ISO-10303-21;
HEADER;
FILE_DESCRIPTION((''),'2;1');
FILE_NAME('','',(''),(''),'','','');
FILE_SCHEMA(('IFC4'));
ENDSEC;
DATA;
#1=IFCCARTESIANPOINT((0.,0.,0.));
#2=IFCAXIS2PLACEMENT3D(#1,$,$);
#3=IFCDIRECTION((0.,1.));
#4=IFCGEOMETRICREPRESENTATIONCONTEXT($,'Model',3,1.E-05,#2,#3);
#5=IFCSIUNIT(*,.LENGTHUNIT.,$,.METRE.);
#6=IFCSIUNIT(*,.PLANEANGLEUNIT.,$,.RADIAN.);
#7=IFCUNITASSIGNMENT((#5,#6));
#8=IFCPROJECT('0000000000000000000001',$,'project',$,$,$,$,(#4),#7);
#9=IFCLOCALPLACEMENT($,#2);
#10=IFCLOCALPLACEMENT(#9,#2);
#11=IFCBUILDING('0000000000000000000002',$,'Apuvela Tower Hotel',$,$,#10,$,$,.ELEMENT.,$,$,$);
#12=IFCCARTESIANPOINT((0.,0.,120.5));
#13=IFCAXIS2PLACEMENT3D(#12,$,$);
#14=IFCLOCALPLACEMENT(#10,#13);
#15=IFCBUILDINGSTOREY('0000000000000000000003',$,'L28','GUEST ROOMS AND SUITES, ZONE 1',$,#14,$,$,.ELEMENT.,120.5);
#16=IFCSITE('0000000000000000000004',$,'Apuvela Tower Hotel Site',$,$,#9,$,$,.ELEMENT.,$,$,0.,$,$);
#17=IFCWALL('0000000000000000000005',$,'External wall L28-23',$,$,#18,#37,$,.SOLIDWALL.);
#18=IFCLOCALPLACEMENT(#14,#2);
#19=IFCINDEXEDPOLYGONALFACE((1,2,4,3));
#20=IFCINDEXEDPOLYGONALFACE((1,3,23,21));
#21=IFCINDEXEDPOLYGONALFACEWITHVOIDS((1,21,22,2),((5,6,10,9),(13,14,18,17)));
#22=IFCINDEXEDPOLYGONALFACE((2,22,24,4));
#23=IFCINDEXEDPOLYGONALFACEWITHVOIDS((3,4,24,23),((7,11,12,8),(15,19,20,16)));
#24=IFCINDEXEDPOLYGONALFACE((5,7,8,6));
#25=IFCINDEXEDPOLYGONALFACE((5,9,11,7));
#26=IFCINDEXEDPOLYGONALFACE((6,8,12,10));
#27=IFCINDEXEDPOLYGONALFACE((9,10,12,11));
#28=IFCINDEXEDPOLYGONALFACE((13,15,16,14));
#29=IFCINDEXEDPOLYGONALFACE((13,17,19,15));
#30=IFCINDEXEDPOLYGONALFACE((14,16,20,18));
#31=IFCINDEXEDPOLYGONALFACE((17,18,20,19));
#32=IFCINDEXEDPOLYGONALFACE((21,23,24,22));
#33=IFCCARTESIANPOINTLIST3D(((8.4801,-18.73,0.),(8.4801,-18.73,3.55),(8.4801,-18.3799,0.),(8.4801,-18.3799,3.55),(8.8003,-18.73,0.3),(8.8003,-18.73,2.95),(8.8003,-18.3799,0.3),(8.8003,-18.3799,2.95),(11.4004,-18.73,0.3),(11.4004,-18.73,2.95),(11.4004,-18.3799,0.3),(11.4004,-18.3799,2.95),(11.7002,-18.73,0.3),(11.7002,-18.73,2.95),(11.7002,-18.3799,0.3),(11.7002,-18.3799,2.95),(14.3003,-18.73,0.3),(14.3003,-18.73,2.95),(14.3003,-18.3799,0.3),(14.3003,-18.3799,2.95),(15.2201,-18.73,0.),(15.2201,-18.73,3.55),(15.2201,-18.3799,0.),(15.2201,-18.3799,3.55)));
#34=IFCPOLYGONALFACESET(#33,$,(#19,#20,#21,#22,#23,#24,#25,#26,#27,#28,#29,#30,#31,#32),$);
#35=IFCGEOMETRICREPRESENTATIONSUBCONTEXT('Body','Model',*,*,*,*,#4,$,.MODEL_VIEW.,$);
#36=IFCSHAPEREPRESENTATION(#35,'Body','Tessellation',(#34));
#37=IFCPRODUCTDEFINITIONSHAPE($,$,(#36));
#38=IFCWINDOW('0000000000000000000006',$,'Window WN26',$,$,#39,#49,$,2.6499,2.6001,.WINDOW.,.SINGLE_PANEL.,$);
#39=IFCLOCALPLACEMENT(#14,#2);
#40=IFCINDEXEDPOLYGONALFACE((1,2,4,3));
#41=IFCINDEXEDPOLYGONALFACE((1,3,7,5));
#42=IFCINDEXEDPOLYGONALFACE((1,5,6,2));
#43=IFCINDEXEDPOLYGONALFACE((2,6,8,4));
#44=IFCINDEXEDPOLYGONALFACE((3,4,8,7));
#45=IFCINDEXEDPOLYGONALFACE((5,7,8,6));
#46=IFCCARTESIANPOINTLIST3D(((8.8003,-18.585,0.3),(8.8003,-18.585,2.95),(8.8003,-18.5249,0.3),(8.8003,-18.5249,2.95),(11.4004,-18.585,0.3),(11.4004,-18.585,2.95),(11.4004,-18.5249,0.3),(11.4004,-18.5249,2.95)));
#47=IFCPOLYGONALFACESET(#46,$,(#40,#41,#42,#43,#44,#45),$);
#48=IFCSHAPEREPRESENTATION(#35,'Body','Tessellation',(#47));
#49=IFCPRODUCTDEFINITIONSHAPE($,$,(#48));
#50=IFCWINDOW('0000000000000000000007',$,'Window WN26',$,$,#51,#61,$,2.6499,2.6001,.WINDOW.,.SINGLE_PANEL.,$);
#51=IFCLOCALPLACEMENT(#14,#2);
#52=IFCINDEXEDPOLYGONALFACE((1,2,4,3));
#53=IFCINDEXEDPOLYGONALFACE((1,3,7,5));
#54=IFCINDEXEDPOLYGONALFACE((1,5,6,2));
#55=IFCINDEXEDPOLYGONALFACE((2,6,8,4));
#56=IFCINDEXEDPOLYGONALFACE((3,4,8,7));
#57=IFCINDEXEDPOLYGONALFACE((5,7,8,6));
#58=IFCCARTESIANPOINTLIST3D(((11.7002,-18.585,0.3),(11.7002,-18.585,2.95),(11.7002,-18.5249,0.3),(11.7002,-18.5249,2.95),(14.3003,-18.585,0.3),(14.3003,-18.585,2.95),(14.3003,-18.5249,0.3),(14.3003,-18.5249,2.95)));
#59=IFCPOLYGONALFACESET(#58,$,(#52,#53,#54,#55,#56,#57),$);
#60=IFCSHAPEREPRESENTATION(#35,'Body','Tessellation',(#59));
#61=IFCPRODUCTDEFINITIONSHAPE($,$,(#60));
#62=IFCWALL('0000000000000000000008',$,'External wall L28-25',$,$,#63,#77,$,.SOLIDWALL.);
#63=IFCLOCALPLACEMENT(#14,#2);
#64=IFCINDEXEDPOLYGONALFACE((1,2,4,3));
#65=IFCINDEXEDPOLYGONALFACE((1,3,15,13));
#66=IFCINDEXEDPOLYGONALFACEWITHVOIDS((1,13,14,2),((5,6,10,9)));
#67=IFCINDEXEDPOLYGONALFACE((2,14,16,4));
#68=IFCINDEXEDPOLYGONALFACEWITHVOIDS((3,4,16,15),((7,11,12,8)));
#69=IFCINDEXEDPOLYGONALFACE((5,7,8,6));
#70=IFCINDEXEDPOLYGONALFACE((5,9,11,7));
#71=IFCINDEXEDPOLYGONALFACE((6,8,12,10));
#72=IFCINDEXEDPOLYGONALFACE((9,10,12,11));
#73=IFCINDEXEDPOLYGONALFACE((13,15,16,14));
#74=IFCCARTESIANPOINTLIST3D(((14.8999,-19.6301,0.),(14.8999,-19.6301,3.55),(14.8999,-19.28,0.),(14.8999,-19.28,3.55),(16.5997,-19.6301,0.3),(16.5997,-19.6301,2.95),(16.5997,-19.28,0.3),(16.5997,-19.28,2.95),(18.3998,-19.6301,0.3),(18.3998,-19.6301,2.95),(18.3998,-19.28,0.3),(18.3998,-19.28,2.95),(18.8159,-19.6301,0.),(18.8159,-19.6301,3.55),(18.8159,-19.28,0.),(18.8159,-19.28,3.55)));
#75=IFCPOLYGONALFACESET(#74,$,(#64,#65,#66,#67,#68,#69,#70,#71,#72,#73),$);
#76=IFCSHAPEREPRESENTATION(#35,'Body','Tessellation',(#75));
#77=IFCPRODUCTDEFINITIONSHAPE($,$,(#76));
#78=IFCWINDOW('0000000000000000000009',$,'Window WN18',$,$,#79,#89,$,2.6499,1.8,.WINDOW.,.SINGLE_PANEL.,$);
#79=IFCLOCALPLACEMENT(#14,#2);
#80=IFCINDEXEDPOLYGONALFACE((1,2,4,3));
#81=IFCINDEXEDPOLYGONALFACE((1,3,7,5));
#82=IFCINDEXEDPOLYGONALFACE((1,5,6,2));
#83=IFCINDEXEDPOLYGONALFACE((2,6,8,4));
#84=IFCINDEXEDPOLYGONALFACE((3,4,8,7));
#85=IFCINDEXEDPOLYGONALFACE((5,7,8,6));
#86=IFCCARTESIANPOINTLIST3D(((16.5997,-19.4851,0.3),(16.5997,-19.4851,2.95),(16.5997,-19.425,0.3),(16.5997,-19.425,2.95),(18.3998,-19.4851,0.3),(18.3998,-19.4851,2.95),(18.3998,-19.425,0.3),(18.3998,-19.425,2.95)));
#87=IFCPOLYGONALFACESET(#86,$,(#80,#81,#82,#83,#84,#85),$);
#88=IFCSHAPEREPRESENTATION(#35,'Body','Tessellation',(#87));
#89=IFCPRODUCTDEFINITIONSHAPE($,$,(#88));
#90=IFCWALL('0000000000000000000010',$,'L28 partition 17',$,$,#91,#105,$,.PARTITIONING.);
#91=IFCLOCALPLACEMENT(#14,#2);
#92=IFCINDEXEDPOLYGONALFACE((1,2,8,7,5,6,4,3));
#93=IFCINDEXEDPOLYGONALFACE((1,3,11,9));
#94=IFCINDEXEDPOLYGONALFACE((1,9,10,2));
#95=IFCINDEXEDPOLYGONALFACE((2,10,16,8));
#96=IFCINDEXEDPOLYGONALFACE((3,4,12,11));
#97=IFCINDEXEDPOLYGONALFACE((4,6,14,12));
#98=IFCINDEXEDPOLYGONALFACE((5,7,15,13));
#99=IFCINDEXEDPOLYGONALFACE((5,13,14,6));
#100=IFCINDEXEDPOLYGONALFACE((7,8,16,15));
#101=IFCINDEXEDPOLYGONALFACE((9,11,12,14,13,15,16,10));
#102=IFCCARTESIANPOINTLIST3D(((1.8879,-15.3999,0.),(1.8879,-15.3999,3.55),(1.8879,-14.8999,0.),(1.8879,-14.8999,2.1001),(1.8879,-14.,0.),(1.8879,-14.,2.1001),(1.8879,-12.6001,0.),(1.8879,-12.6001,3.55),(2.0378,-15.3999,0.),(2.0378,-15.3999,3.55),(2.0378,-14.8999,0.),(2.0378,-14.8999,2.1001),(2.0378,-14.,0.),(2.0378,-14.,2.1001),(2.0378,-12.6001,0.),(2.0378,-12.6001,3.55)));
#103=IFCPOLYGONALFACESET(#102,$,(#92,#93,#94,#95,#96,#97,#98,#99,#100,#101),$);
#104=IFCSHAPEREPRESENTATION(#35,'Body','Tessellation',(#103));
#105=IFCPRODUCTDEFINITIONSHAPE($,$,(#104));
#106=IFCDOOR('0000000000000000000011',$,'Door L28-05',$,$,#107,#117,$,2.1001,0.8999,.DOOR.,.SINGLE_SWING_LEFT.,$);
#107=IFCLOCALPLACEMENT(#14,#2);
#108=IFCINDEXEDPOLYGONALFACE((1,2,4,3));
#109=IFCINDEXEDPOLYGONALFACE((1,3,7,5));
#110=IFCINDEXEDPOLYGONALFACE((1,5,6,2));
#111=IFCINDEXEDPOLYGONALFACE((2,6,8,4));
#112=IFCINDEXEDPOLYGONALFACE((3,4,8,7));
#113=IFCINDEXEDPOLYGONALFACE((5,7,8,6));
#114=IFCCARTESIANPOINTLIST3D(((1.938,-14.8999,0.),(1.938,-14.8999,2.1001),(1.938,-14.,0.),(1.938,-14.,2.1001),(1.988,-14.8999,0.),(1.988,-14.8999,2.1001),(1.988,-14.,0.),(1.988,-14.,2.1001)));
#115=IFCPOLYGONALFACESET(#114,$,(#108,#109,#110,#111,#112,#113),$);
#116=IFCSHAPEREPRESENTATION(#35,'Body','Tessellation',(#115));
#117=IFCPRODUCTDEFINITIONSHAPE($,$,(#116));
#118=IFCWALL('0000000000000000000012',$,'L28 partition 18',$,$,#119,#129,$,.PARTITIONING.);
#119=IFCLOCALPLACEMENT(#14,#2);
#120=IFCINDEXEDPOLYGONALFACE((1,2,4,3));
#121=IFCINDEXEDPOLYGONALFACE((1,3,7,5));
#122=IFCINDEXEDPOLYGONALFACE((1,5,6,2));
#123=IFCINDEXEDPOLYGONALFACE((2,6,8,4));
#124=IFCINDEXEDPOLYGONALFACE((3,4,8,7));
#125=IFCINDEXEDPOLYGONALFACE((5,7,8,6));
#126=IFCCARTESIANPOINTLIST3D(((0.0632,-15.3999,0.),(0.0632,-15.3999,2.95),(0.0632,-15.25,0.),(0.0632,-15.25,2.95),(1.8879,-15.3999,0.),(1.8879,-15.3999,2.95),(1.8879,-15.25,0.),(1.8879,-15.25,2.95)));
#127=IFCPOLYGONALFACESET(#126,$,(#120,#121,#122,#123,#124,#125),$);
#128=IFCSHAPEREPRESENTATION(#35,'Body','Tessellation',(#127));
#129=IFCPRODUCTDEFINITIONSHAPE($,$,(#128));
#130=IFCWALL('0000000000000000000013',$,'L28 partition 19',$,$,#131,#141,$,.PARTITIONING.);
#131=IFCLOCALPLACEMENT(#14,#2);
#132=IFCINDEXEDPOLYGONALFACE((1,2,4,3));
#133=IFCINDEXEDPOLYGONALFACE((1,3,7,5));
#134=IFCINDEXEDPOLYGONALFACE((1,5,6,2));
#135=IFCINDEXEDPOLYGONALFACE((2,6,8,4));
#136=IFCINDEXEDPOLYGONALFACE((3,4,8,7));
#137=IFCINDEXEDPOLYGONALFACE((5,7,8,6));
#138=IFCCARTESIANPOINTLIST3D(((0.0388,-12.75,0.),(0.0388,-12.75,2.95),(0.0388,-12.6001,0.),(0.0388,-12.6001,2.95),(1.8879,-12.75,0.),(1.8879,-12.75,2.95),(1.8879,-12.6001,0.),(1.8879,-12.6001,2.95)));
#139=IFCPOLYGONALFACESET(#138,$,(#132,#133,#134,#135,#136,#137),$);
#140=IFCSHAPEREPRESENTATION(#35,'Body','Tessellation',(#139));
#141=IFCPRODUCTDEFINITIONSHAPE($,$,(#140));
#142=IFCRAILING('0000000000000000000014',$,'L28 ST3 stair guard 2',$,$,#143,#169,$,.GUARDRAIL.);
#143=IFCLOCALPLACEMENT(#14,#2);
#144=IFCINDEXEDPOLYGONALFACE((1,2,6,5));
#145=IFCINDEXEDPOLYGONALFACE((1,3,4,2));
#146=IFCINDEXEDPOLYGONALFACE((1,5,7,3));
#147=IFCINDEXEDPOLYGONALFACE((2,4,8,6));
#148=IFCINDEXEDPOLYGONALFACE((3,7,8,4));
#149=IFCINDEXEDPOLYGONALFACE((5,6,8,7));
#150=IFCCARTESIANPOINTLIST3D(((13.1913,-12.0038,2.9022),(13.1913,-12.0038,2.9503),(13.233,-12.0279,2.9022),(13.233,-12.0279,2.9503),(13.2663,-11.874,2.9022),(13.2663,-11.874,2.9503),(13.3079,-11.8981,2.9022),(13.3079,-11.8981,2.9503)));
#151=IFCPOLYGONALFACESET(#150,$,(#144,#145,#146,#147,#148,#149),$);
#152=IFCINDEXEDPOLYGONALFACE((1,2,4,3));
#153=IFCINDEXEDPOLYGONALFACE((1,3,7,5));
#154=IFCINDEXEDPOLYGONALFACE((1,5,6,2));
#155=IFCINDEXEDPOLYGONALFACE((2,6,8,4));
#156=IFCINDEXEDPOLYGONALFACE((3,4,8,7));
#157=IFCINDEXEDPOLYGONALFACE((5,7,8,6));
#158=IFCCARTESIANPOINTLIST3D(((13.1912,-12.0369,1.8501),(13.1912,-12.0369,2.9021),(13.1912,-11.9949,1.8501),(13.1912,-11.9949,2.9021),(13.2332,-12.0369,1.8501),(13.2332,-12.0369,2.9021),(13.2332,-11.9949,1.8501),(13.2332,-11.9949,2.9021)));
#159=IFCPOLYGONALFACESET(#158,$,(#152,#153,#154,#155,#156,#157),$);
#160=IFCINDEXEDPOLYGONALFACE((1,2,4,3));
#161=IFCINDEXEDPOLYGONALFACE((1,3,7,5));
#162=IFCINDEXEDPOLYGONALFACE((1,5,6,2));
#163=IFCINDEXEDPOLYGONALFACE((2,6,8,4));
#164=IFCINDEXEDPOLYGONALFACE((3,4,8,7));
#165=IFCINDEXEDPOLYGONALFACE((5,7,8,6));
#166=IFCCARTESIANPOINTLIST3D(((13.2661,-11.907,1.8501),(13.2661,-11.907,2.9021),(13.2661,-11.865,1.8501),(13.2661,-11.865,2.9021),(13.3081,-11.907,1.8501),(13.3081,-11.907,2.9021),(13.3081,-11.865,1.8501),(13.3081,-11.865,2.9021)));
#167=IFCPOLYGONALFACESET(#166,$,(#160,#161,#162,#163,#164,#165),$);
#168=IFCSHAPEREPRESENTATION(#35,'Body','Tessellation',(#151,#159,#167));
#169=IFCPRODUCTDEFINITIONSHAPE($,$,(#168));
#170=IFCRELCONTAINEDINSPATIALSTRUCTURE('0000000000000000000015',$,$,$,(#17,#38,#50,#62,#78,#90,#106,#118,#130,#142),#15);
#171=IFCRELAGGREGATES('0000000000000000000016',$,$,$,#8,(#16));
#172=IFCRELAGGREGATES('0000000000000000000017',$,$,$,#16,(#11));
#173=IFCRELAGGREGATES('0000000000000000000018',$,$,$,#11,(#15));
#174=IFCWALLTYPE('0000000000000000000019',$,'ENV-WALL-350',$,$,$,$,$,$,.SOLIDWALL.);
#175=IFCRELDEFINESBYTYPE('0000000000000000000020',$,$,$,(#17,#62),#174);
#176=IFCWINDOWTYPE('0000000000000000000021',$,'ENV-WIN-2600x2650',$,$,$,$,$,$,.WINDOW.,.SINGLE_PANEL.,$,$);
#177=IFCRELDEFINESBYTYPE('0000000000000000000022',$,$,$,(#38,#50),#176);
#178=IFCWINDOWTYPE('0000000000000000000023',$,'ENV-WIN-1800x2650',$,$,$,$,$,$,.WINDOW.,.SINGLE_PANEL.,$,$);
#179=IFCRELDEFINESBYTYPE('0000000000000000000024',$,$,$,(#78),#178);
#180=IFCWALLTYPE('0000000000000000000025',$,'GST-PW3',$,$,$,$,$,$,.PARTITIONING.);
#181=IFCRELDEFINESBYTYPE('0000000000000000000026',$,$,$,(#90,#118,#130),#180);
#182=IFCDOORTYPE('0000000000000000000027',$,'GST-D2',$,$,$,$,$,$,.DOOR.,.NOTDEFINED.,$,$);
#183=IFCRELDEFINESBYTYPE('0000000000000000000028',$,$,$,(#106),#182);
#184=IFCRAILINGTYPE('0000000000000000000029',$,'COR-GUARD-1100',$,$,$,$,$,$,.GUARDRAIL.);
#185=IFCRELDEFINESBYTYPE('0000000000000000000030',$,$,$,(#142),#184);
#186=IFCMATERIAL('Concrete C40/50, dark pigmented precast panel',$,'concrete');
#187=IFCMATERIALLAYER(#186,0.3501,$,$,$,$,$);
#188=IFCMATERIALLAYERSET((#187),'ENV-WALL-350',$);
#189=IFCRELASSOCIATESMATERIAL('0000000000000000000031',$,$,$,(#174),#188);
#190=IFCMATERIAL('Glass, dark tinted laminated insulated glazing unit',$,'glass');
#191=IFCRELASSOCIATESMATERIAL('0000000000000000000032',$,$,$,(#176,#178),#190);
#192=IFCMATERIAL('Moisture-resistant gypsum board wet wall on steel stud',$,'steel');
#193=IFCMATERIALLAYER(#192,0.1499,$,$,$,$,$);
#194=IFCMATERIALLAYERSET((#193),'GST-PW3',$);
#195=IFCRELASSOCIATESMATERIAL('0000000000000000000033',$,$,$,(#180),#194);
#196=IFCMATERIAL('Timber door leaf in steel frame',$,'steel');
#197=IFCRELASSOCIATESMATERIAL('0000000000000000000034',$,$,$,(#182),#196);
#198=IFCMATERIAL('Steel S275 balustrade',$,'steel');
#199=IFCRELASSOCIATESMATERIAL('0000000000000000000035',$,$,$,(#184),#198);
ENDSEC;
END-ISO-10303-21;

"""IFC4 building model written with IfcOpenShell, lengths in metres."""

from ifc_helpers import new_model, si_unit, direction, frame, frame_2d, origin, origin_2d, place, context, subcontext, project, spatial, rectangle, extrude, material, layer, layer_set, type_object, element, fill, save


model = new_model("IFC4")

# Units and contexts
model_context = context("Model", 3, precision=1e-05, world=origin(), true_north=direction((0.0, 1.0)))
body_context = subcontext(model_context, "Body", "Model", "MODEL_VIEW")
ifc_project = project(units=[si_unit("LENGTHUNIT", "METRE"), si_unit("PLANEANGLEUNIT", "RADIAN")], contexts=[model_context])

# Site, building, storey
site_placement = place(None, origin())
site = spatial("IfcSite", under=ifc_project, at=site_placement, Name="Apuvela Tower Hotel Site", CompositionType="ELEMENT", RefElevation=0.0)
building_placement = place(site_placement, origin())
building = spatial("IfcBuilding", under=site, at=building_placement, Name="Apuvela Tower Hotel", CompositionType="ELEMENT")
storey_placement = place(building_placement, frame((0.0, 0.0, 120.5)))
storey = spatial("IfcBuildingStorey", under=building, at=storey_placement, Name="L28", Description="GUEST ROOMS AND SUITES, ZONE 1", CompositionType="ELEMENT", Elevation=120.5)

# Shared definitions
ifc_material_1 = material(Name="Concrete C40/50, dark pigmented precast panel", Category="concrete")
ifc_layer_1 = layer(ifc_material_1, 0.3501)
ifc_layer_set_1 = layer_set([ifc_layer_1], Name="ENV-WALL-350")
wall_type_1 = type_object("IfcWallType", Name="ENV-WALL-350", PredefinedType="SOLIDWALL", material=ifc_layer_set_1)

# Wall, openings, windows
wall_1_placement = place(storey_placement, frame((8.48, -18.5549, 0.0), z_axis=(0.0, 0.0, 1.0), x_axis=(1.0, 0.0, 0.0)))
wall_1 = element("IfcWall", 1, at=wall_1_placement, inside=storey, type_object=wall_type_1, Name="External wall L28-23", PredefinedType="SOLIDWALL", context=body_context, shape_type="SweptSolid", body=[
    extrude(rectangle(XDim=6.74, YDim=0.3501, at=frame_2d((3.3701, 0.0))), origin(), (0.0, 0.0, 1.0), 3.55),
])
opening_1_placement = place(wall_1_placement, frame((0.3203, 0.0, 0.3)))
opening_1 = element("IfcOpeningElement", 2, at=opening_1_placement, cuts=wall_1, PredefinedType="OPENING", context=body_context, shape_type="SweptSolid", body=[
    extrude(rectangle(XDim=2.6001, YDim=2.6499, at=frame_2d((1.3, 1.325))), frame((0.0, 0.1851, 0.0), z_axis=(0.0, -1.0, 0.0), x_axis=(1.0, 0.0, 0.0)), (0.0, 0.0, 1.0), 0.3701),
])
opening_2_placement = place(wall_1_placement, frame((3.2202, 0.0, 0.3)))
opening_2 = element("IfcOpeningElement", 3, at=opening_2_placement, cuts=wall_1, PredefinedType="OPENING", context=body_context, shape_type="SweptSolid", body=[
    extrude(rectangle(XDim=2.6001, YDim=2.6499, at=frame_2d((1.3, 1.325))), frame((0.0, 0.1851, 0.0), z_axis=(0.0, -1.0, 0.0), x_axis=(1.0, 0.0, 0.0)), (0.0, 0.0, 1.0), 0.3701),
])
ifc_material_2 = material(Name="Glass, dark tinted laminated insulated glazing unit", Category="glass")
window_type_1 = type_object("IfcWindowType", Name="ENV-WIN-2600x2650", PartitioningType="SINGLE_PANEL", PredefinedType="WINDOW", material=ifc_material_2)
window_1_placement = place(opening_1_placement, origin())
window_1 = element("IfcWindow", 4, at=window_1_placement, inside=storey, type_object=window_type_1, Name="Window WN26", OverallHeight=2.6499, OverallWidth=2.6001, PartitioningType="SINGLE_PANEL", PredefinedType="WINDOW", context=body_context, shape_type="SweptSolid", body=[
    extrude(rectangle(XDim=2.6001, YDim=2.6499, at=frame_2d((1.3, 1.325))), frame((0.0, 0.03, 0.0), z_axis=(0.0, -1.0, 0.0), x_axis=(1.0, 0.0, 0.0)), (0.0, 0.0, 1.0), 0.0601),
])
fill(opening_1, window_1)
window_2_placement = place(opening_2_placement, origin())
window_2 = element("IfcWindow", 5, at=window_2_placement, inside=storey, type_object=window_type_1, Name="Window WN26", OverallHeight=2.6499, OverallWidth=2.6001, PartitioningType="SINGLE_PANEL", PredefinedType="WINDOW", context=body_context, shape_type="SweptSolid", body=[
    extrude(rectangle(XDim=2.6001, YDim=2.6499, at=frame_2d((1.3, 1.325))), frame((0.0, 0.03, 0.0), z_axis=(0.0, -1.0, 0.0), x_axis=(1.0, 0.0, 0.0)), (0.0, 0.0, 1.0), 0.0601),
])
fill(opening_2, window_2)

# Wall, opening, window
wall_2_placement = place(storey_placement, frame((14.8999, -19.4551, 0.0), z_axis=(0.0, 0.0, 1.0), x_axis=(1.0, 0.0, 0.0)))
wall_2 = element("IfcWall", 6, at=wall_2_placement, inside=storey, type_object=wall_type_1, Name="External wall L28-25", PredefinedType="SOLIDWALL", context=body_context, shape_type="SweptSolid", body=[
    extrude(rectangle(XDim=3.916, YDim=0.3501, at=frame_2d((1.958, 0.0))), origin(), (0.0, 0.0, 1.0), 3.55),
])
opening_3_placement = place(wall_2_placement, frame((1.7, 0.0, 0.3)))
opening_3 = element("IfcOpeningElement", 7, at=opening_3_placement, cuts=wall_2, PredefinedType="OPENING", context=body_context, shape_type="SweptSolid", body=[
    extrude(rectangle(XDim=1.8, YDim=2.6499, at=frame_2d((0.8999, 1.325))), frame((0.0, 0.1851, 0.0), z_axis=(0.0, -1.0, 0.0), x_axis=(1.0, 0.0, 0.0)), (0.0, 0.0, 1.0), 0.3701),
])
window_type_2 = type_object("IfcWindowType", Name="ENV-WIN-1800x2650", PartitioningType="SINGLE_PANEL", PredefinedType="WINDOW", material=ifc_material_2)
window_3_placement = place(opening_3_placement, origin())
window_3 = element("IfcWindow", 8, at=window_3_placement, inside=storey, type_object=window_type_2, Name="Window WN18", OverallHeight=2.6499, OverallWidth=1.8, PartitioningType="SINGLE_PANEL", PredefinedType="WINDOW", context=body_context, shape_type="SweptSolid", body=[
    extrude(rectangle(XDim=1.8, YDim=2.6499, at=frame_2d((0.8999, 1.325))), frame((0.0, 0.03, 0.0), z_axis=(0.0, -1.0, 0.0), x_axis=(1.0, 0.0, 0.0)), (0.0, 0.0, 1.0), 0.0601),
])
fill(opening_3, window_3)

# Wall, opening, door
ifc_material_3 = material(Name="Moisture-resistant gypsum board wet wall on steel stud", Category="steel")
ifc_layer_2 = layer(ifc_material_3, 0.1499)
ifc_layer_set_2 = layer_set([ifc_layer_2], Name="GST-PW3")
wall_type_2 = type_object("IfcWallType", Name="GST-PW3", PredefinedType="PARTITIONING", material=ifc_layer_set_2)
wall_3_placement = place(storey_placement, frame((1.9629, -15.3999, 0.0), z_axis=(0.0, 0.0, 1.0), x_axis=(0.0, 1.0, 0.0)))
wall_3 = element("IfcWall", 9, at=wall_3_placement, inside=storey, type_object=wall_type_2, Name="L28 partition 17", PredefinedType="PARTITIONING", context=body_context, shape_type="SweptSolid", body=[
    extrude(rectangle(XDim=2.7998, YDim=0.1499, at=frame_2d((1.3999, 0.0))), origin(), (0.0, 0.0, 1.0), 3.55),
])
opening_4_placement = place(wall_3_placement, frame((0.5, 0.0, 0.0)))
opening_4 = element("IfcOpeningElement", 10, at=opening_4_placement, cuts=wall_3, PredefinedType="OPENING", context=body_context, shape_type="SweptSolid", body=[
    extrude(rectangle(XDim=0.8999, YDim=2.1001, at=frame_2d((0.45, 1.05))), frame((0.0, 0.085, 0.0), z_axis=(0.0, -1.0, 0.0), x_axis=(1.0, 0.0, 0.0)), (0.0, 0.0, 1.0), 0.1699),
])
ifc_material_4 = material(Name="Timber door leaf in steel frame", Category="steel")
door_type = type_object("IfcDoorType", Name="GST-D2", OperationType="NOTDEFINED", PredefinedType="DOOR", material=ifc_material_4)
door_placement = place(opening_4_placement, origin())
door = element("IfcDoor", 11, at=door_placement, inside=storey, type_object=door_type, Name="Door L28-05", OperationType="SINGLE_SWING_LEFT", OverallHeight=2.1001, OverallWidth=0.8999, PredefinedType="DOOR", context=body_context, shape_type="SweptSolid", body=[
    extrude(rectangle(XDim=0.8999, YDim=2.1001, at=frame_2d((0.45, 1.05))), frame((0.0, 0.0249, 0.0), z_axis=(0.0, -1.0, 0.0), x_axis=(1.0, 0.0, 0.0)), (0.0, 0.0, 1.0), 0.05),
])
fill(opening_4, door)

# Walls
wall_4_placement = place(storey_placement, frame((0.0632, -15.325, 0.0), z_axis=(0.0, 0.0, 1.0), x_axis=(1.0, 0.0, 0.0)))
element("IfcWall", 12, at=wall_4_placement, inside=storey, type_object=wall_type_2, Name="L28 partition 18", PredefinedType="PARTITIONING", context=body_context, shape_type="SweptSolid", body=[
    extrude(rectangle(XDim=1.8247, YDim=0.1499, at=frame_2d((0.9124, 0.0))), origin(), (0.0, 0.0, 1.0), 2.95),
])
wall_5_placement = place(storey_placement, frame((0.0388, -12.675, 0.0), z_axis=(0.0, 0.0, 1.0), x_axis=(1.0, 0.0, 0.0)))
element("IfcWall", 13, at=wall_5_placement, inside=storey, type_object=wall_type_2, Name="L28 partition 19", PredefinedType="PARTITIONING", context=body_context, shape_type="SweptSolid", body=[
    extrude(rectangle(XDim=1.8491, YDim=0.1499, at=frame_2d((0.9246, 0.0))), origin(), (0.0, 0.0, 1.0), 2.95),
])

# Railing
ifc_material_5 = material(Name="Steel S275 balustrade", Category="steel")
railing_type_1 = type_object("IfcRailingType", Name="COR-GUARD-1100", PredefinedType="GUARDRAIL", material=ifc_material_5)
railing_1_placement = place(storey_placement, frame((13.2122, -12.0159, 1.8501)))
element("IfcRailing", 14, at=railing_1_placement, inside=storey, type_object=railing_type_1, Name="L28 ST3 stair guard 2", PredefinedType="GUARDRAIL", context=body_context, shape_type="SweptSolid", body=[
    extrude(rectangle(XDim=0.0481, YDim=0.0481, at=origin_2d()), frame((0.0, 0.0, 1.0762), z_axis=(0.499816, 0.866131, 0.0), x_axis=(-0.866131, 0.499816, 0.0)), (0.0, 0.0, 1.0), 0.1499),
    extrude(rectangle(XDim=0.042, YDim=0.042, at=origin_2d()), origin(), (0.0, 0.0, 1.0), 1.052),
    extrude(rectangle(XDim=0.042, YDim=0.042, at=origin_2d()), frame((0.075, 0.1299, 0.0)), (0.0, 0.0, 1.0), 1.052),
])

save(model, "model.ifc")
